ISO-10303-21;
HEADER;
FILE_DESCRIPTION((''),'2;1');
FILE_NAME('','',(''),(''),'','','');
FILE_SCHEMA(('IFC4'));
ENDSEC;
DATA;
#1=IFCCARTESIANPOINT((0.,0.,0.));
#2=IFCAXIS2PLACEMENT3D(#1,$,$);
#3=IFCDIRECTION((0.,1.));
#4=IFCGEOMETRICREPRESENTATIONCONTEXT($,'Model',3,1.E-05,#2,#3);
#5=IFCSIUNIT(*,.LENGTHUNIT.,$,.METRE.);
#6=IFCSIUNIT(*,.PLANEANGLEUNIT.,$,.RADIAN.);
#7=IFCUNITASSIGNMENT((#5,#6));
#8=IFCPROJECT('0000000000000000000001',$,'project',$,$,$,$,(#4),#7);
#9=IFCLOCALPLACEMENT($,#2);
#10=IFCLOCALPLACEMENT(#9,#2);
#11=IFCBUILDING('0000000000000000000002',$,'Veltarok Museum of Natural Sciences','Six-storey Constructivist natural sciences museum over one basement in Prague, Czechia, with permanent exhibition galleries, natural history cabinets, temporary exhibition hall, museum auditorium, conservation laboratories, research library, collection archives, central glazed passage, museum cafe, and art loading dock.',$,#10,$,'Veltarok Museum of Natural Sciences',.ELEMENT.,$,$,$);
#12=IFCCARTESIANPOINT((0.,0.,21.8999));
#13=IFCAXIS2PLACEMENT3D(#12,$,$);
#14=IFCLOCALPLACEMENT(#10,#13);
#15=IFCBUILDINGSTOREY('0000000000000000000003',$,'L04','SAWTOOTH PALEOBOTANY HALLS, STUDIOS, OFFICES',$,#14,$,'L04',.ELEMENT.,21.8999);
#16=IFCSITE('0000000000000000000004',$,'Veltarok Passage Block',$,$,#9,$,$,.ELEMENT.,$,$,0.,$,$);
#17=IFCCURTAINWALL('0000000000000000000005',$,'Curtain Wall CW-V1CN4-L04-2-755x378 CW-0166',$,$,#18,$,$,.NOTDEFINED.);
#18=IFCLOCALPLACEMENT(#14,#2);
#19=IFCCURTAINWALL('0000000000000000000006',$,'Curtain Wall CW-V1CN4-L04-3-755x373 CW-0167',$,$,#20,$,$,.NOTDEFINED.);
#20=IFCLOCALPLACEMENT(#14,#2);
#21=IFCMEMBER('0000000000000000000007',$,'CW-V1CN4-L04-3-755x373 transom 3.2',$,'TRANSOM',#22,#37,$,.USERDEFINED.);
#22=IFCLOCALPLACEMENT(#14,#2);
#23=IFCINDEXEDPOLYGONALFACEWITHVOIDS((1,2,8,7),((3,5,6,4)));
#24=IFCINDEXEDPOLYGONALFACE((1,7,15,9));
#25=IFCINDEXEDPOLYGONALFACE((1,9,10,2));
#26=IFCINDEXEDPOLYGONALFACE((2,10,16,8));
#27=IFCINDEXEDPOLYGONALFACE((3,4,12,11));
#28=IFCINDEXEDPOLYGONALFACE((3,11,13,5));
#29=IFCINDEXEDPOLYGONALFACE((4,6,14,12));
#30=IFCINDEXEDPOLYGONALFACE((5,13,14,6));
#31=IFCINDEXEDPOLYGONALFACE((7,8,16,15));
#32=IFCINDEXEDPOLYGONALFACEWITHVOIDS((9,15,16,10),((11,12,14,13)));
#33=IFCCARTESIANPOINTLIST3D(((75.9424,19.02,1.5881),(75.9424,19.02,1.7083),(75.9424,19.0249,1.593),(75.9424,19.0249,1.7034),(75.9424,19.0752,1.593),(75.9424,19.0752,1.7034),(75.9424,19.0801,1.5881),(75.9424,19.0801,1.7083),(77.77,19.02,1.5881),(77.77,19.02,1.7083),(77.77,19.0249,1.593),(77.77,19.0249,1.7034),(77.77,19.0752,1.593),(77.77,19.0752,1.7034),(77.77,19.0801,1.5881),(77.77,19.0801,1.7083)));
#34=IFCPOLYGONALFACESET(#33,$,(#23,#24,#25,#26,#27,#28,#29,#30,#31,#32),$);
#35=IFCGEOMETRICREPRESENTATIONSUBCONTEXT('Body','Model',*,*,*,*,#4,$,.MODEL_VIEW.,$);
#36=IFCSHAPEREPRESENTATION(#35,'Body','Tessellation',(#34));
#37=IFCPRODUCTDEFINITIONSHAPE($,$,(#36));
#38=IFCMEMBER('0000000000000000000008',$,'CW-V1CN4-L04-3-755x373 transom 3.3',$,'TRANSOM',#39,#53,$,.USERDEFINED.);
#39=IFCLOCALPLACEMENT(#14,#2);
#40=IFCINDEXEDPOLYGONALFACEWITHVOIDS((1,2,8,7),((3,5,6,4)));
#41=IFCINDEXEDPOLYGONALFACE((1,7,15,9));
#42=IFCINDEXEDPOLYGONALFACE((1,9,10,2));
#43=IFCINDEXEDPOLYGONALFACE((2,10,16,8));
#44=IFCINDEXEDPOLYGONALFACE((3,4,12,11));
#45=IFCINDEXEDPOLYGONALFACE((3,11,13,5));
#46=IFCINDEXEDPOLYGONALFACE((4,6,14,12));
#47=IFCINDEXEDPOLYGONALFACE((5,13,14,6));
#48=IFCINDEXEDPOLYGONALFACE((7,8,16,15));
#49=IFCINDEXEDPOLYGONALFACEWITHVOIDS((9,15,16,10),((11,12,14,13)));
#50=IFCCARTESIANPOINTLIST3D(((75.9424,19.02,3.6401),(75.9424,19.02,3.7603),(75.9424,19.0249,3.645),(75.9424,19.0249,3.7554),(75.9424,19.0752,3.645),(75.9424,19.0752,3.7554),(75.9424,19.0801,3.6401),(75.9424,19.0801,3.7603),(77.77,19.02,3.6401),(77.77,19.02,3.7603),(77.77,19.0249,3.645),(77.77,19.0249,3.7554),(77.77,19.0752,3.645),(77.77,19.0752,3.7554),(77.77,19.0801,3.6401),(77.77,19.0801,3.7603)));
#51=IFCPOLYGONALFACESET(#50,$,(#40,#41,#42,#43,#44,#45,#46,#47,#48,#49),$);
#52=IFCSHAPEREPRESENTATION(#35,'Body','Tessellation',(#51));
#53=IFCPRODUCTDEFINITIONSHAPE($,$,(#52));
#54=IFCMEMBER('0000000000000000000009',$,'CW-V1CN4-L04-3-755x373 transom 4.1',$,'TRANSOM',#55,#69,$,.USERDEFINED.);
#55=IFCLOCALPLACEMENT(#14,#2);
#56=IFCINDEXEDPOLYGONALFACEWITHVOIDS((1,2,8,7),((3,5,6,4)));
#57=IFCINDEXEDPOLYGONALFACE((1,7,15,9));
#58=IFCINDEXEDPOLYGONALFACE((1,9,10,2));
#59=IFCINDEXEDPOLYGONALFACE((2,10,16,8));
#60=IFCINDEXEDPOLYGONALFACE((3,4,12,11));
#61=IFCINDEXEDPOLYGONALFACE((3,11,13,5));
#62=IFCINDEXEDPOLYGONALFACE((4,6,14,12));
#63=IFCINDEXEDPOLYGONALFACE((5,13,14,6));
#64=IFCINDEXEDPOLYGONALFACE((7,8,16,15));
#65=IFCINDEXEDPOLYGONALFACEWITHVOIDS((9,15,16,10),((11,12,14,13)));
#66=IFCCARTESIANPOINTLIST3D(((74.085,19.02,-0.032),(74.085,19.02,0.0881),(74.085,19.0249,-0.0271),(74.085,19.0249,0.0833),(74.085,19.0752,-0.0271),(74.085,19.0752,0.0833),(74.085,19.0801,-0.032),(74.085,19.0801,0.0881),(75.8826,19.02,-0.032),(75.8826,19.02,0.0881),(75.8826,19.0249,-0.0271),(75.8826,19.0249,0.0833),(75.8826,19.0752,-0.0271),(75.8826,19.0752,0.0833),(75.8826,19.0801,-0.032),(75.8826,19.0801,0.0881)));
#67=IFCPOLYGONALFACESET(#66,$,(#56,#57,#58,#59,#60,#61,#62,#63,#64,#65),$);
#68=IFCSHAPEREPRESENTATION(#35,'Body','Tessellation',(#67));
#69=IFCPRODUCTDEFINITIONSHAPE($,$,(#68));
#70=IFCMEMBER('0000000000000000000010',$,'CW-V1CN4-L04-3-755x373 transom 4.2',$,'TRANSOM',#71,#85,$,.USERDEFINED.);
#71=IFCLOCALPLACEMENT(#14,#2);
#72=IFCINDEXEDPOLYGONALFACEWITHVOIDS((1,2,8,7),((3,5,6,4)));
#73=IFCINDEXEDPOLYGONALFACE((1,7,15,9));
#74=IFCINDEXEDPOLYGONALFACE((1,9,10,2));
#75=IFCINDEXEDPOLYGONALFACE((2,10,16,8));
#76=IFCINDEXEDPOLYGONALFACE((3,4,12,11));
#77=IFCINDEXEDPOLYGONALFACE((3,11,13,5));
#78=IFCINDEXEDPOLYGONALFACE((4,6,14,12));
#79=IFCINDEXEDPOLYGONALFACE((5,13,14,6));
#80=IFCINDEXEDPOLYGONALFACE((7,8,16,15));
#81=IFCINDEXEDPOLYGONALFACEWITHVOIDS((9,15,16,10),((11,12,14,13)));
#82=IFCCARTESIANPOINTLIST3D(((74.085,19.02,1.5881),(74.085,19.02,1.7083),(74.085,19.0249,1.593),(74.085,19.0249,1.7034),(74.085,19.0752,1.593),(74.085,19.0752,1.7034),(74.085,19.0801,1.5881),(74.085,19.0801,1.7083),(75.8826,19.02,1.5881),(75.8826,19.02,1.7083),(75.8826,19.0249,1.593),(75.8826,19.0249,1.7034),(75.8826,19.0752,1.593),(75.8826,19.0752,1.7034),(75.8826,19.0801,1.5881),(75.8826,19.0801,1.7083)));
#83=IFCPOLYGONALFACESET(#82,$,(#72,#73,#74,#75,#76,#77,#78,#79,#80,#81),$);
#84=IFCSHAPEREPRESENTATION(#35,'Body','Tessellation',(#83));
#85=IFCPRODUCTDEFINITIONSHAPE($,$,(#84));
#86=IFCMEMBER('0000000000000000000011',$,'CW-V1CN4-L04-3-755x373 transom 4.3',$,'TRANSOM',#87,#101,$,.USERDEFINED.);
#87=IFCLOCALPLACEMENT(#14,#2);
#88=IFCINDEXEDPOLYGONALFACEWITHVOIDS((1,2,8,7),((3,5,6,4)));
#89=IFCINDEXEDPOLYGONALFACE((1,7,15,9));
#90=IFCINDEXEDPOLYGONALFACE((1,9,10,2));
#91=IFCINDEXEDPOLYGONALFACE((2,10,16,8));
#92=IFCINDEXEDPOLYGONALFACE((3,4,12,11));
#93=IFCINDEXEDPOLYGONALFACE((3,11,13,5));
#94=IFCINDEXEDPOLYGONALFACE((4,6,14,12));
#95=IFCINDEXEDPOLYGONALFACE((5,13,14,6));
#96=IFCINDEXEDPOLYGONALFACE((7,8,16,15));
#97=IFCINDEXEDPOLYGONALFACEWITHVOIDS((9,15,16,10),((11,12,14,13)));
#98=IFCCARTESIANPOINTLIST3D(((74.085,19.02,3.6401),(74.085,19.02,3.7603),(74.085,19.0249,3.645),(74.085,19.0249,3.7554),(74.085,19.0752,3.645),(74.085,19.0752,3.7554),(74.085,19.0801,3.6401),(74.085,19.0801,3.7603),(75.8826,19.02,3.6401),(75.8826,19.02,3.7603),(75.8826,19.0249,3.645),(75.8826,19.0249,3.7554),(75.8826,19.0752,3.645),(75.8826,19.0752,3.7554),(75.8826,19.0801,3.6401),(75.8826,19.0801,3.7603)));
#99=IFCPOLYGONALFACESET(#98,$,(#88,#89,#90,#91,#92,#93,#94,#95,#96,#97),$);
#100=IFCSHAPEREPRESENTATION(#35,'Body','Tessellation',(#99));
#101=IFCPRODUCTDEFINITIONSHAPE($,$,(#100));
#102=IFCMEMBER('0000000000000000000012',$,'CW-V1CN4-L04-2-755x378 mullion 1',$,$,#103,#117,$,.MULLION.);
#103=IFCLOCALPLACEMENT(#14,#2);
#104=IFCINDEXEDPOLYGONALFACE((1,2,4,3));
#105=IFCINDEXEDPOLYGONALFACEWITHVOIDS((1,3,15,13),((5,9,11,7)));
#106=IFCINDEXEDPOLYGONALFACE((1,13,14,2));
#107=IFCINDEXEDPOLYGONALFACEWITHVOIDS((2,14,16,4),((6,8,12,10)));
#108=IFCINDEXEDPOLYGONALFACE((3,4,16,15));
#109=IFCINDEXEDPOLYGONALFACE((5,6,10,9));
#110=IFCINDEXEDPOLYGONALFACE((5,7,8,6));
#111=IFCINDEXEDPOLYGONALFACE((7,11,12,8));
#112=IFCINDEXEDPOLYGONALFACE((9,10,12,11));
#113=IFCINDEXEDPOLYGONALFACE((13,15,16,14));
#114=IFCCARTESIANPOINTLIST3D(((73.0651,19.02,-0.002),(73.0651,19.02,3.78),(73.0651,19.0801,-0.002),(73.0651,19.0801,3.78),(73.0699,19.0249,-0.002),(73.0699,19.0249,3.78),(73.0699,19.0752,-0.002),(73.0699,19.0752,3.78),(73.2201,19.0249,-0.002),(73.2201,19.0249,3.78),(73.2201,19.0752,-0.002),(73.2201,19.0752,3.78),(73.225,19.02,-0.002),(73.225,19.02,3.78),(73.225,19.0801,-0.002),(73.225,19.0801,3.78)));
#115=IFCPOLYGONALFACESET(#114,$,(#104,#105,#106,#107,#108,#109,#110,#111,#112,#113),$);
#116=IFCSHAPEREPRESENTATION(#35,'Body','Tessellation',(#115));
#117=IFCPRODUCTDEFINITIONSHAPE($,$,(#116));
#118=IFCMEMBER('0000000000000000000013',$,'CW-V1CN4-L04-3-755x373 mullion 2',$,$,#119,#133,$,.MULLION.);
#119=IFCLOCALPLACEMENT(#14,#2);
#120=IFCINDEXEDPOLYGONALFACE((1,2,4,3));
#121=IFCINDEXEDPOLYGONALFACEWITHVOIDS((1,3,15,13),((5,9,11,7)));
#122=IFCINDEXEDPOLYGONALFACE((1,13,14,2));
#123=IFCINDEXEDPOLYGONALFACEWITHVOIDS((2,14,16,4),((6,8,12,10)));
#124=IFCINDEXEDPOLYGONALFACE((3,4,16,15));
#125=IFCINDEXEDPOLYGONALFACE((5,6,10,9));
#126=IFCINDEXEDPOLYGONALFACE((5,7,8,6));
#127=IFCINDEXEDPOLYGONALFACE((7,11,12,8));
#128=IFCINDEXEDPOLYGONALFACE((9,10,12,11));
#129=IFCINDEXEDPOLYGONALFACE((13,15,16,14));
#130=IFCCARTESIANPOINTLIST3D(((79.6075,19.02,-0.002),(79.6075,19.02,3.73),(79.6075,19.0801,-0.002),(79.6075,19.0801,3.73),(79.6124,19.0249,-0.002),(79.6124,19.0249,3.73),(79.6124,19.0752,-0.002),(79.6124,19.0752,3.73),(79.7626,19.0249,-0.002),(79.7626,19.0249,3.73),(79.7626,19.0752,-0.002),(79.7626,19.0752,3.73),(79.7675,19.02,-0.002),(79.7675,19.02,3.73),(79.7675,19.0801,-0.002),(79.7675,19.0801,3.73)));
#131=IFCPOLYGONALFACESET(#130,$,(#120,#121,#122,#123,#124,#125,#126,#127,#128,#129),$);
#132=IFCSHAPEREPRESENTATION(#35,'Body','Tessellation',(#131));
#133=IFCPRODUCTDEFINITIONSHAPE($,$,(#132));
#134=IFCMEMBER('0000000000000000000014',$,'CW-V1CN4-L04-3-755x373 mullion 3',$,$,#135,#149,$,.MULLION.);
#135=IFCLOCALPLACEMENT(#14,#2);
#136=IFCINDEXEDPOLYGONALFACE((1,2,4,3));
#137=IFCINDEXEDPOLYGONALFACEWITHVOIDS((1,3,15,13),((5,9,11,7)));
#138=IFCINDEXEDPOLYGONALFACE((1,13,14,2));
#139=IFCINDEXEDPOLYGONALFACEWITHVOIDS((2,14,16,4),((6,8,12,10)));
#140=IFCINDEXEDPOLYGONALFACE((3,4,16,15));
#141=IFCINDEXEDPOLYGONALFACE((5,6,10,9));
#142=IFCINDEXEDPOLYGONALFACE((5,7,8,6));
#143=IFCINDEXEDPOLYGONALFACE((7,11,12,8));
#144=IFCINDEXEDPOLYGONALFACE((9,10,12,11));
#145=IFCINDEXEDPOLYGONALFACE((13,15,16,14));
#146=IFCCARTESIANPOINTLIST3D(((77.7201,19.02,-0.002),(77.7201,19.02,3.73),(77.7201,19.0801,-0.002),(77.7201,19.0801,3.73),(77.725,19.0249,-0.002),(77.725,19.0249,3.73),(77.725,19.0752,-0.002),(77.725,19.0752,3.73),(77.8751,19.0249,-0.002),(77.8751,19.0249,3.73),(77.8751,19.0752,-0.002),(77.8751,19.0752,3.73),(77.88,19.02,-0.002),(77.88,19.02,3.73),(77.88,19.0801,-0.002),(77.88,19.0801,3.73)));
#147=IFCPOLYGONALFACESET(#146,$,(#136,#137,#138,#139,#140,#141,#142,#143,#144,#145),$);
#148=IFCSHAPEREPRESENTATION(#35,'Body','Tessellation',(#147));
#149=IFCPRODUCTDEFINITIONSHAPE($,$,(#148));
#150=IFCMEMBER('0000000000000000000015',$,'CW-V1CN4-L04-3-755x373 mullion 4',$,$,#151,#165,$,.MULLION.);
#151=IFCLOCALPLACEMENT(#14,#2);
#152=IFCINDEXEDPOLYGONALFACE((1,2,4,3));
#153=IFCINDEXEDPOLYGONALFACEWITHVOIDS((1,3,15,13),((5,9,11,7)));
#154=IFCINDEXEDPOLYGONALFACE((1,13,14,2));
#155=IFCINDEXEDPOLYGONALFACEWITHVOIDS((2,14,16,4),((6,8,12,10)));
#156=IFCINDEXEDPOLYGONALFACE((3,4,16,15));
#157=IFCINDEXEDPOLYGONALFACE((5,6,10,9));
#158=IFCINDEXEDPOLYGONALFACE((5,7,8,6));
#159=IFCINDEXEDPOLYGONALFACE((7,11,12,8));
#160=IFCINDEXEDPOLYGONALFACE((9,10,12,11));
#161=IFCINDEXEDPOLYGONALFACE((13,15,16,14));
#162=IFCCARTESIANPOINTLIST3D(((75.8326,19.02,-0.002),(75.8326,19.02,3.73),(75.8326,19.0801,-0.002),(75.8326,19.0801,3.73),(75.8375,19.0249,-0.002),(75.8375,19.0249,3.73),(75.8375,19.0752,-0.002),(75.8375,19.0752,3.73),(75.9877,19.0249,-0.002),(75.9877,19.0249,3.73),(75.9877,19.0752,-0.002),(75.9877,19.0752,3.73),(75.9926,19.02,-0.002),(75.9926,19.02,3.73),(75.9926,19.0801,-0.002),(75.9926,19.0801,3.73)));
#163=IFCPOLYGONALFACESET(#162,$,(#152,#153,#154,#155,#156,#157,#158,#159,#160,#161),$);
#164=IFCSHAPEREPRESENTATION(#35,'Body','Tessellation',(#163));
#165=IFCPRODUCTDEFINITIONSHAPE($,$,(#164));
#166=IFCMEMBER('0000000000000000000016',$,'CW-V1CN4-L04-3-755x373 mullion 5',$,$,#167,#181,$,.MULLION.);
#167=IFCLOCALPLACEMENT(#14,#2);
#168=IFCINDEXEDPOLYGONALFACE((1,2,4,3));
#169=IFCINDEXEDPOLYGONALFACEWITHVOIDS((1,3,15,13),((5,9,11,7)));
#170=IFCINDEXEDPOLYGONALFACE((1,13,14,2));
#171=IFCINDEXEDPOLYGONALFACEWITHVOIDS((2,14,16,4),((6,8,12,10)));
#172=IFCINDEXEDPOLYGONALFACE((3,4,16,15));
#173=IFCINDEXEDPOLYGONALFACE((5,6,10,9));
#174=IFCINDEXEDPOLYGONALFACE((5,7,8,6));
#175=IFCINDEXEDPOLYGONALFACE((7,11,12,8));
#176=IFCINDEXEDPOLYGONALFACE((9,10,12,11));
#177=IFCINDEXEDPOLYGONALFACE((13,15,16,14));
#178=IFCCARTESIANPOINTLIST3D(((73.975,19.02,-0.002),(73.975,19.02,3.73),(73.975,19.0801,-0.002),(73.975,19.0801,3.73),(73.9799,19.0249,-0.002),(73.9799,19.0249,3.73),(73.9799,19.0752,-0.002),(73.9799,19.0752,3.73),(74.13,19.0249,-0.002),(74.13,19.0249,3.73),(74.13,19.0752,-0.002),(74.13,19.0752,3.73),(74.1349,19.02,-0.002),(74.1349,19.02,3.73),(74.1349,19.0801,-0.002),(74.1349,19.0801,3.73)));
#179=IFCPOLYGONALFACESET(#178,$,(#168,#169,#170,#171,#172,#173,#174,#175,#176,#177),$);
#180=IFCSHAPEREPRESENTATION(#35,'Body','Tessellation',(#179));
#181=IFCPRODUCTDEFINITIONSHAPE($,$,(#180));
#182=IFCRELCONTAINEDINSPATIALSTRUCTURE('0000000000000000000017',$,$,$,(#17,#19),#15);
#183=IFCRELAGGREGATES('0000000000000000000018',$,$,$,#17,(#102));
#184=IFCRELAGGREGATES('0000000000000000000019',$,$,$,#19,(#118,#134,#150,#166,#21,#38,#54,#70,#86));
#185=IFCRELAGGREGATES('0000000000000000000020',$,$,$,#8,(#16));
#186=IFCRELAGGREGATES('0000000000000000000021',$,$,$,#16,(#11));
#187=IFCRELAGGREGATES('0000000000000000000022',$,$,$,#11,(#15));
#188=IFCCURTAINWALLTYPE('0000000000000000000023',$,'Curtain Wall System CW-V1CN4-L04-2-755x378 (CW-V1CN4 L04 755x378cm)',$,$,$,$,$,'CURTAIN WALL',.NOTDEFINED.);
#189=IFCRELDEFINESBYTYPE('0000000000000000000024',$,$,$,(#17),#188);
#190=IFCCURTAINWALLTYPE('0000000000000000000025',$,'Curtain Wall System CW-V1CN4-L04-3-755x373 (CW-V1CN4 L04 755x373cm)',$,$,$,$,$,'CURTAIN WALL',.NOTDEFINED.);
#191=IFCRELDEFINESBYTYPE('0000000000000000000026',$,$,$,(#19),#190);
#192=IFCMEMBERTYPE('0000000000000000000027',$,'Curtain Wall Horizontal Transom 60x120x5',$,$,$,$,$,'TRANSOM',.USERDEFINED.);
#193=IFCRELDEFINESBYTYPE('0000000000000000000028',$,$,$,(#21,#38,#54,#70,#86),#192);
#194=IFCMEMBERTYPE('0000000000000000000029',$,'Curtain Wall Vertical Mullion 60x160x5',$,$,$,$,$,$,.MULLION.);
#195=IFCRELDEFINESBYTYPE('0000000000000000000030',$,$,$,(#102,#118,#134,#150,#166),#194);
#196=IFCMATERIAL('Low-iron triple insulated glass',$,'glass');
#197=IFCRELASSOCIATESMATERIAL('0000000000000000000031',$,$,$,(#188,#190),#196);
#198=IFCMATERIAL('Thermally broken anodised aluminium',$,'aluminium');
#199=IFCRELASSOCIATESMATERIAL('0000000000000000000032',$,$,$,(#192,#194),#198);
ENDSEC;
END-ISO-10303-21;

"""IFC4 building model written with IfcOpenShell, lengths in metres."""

from ifc_helpers import new_model, si_unit, direction, frame, origin, origin_2d, place, context, subcontext, project, spatial, hollow_rectangle, extrude, material, material_profile, profile_set, type_object, element, aggregate, save


model = new_model("IFC4")

# Units and contexts
model_context = context("Model", 3, precision=1e-05, world=origin(), true_north=direction((0.0, 1.0)))
body_context = subcontext(model_context, "Body", "Model", "MODEL_VIEW")
ifc_project = project(units=[si_unit("LENGTHUNIT", "METRE"), si_unit("PLANEANGLEUNIT", "RADIAN")], contexts=[model_context])

# Site, building, storey
site_placement = place(None, origin())
site = spatial("IfcSite", under=ifc_project, at=site_placement, Name="Veltarok Passage Block", CompositionType="ELEMENT", RefElevation=0.0)
building_placement = place(site_placement, origin())
building = spatial("IfcBuilding", under=site, at=building_placement, Name="Veltarok Museum of Natural Sciences", Description="Six-storey Constructivist natural sciences museum over one basement in Prague, Czechia, with permanent exhibition galleries, natural history cabinets, temporary exhibition hall, museum auditorium, conservation laboratories, research library, collection archives, central glazed passage, museum cafe, and art loading dock.", LongName="Veltarok Museum of Natural Sciences", CompositionType="ELEMENT")
storey_placement = place(building_placement, frame((0.0, 0.0, 21.8999)))
storey = spatial("IfcBuildingStorey", under=building, at=storey_placement, Name="L04", Description="SAWTOOTH PALEOBOTANY HALLS, STUDIOS, OFFICES", LongName="L04", CompositionType="ELEMENT", Elevation=21.8999)

# Curtain walls, members
ifc_material_1 = material(Name="Low-iron triple insulated glass", Category="glass")
curtain_wall_type_1 = type_object("IfcCurtainWallType", Name="Curtain Wall System CW-V1CN4-L04-2-755x378 (CW-V1CN4 L04 755x378cm)", ElementType="CURTAIN WALL", PredefinedType="NOTDEFINED", material=ifc_material_1)
curtain_wall_1_placement = place(storey_placement, origin())
curtain_wall_1 = element("IfcCurtainWall", 1, at=curtain_wall_1_placement, inside=storey, type_object=curtain_wall_type_1, Name="Curtain Wall CW-V1CN4-L04-2-755x378 CW-0166", PredefinedType="NOTDEFINED")
ifc_material_2 = material(Name="Thermally broken anodised aluminium", Category="aluminium")
ifc_material_profile_1 = material_profile(ifc_material_2, hollow_rectangle(XDim=0.0601, YDim=0.1201, WallThickness=0.0049, at=origin_2d()), Name="CW TRANSOM 60x120x5")
ifc_profile_set_1 = profile_set([ifc_material_profile_1], Name="Thermally broken anodised aluminium")
member_type_1 = type_object("IfcMemberType", Name="Curtain Wall Horizontal Transom 60x120x5", ElementType="TRANSOM", PredefinedType="USERDEFINED", material=ifc_profile_set_1)
curtain_wall_type_2 = type_object("IfcCurtainWallType", Name="Curtain Wall System CW-V1CN4-L04-3-755x373 (CW-V1CN4 L04 755x373cm)", ElementType="CURTAIN WALL", PredefinedType="NOTDEFINED", material=ifc_material_1)
curtain_wall_2_placement = place(storey_placement, origin())
curtain_wall_2 = element("IfcCurtainWall", 2, at=curtain_wall_2_placement, inside=storey, type_object=curtain_wall_type_2, Name="Curtain Wall CW-V1CN4-L04-3-755x373 CW-0167", PredefinedType="NOTDEFINED")
member_1_placement = place(storey_placement, frame((77.77, 19.05, 1.6482), z_axis=(-1.0, 0.0, 0.0), x_axis=(0.0, -1.0, 0.0)))
member_1 = element("IfcMember", 3, at=member_1_placement, type_object=member_type_1, Name="CW-V1CN4-L04-3-755x373 transom 3.2", ObjectType="TRANSOM", PredefinedType="USERDEFINED", context=body_context, shape_type="SweptSolid", body=[
    extrude(hollow_rectangle(XDim=0.0601, YDim=0.1201, WallThickness=0.0049, at=origin_2d()), origin(), (0.0, 0.0, 1.0), 1.8276),
])
member_2_placement = place(storey_placement, frame((77.77, 19.05, 3.7002), z_axis=(-1.0, 0.0, 0.0), x_axis=(0.0, -1.0, 0.0)))
member_2 = element("IfcMember", 4, at=member_2_placement, type_object=member_type_1, Name="CW-V1CN4-L04-3-755x373 transom 3.3", ObjectType="TRANSOM", PredefinedType="USERDEFINED", context=body_context, shape_type="SweptSolid", body=[
    extrude(hollow_rectangle(XDim=0.0601, YDim=0.1201, WallThickness=0.0049, at=origin_2d()), origin(), (0.0, 0.0, 1.0), 1.8276),
])
member_3_placement = place(storey_placement, frame((75.8826, 19.05, 0.0281), z_axis=(-1.0, 0.0, 0.0), x_axis=(0.0, -1.0, 0.0)))
member_3 = element("IfcMember", 5, at=member_3_placement, type_object=member_type_1, Name="CW-V1CN4-L04-3-755x373 transom 4.1", ObjectType="TRANSOM", PredefinedType="USERDEFINED", context=body_context, shape_type="SweptSolid", body=[
    extrude(hollow_rectangle(XDim=0.0601, YDim=0.1201, WallThickness=0.0049, at=origin_2d()), origin(), (0.0, 0.0, 1.0), 1.7976),
])
member_4_placement = place(storey_placement, frame((75.8826, 19.05, 1.6482), z_axis=(-1.0, 0.0, 0.0), x_axis=(0.0, -1.0, 0.0)))
member_4 = element("IfcMember", 6, at=member_4_placement, type_object=member_type_1, Name="CW-V1CN4-L04-3-755x373 transom 4.2", ObjectType="TRANSOM", PredefinedType="USERDEFINED", context=body_context, shape_type="SweptSolid", body=[
    extrude(hollow_rectangle(XDim=0.0601, YDim=0.1201, WallThickness=0.0049, at=origin_2d()), origin(), (0.0, 0.0, 1.0), 1.7976),
])
member_5_placement = place(storey_placement, frame((75.8826, 19.05, 3.7002), z_axis=(-1.0, 0.0, 0.0), x_axis=(0.0, -1.0, 0.0)))
member_5 = element("IfcMember", 7, at=member_5_placement, type_object=member_type_1, Name="CW-V1CN4-L04-3-755x373 transom 4.3", ObjectType="TRANSOM", PredefinedType="USERDEFINED", context=body_context, shape_type="SweptSolid", body=[
    extrude(hollow_rectangle(XDim=0.0601, YDim=0.1201, WallThickness=0.0049, at=origin_2d()), origin(), (0.0, 0.0, 1.0), 1.7976),
])

# Members
ifc_material_profile_2 = material_profile(ifc_material_2, hollow_rectangle(XDim=0.0601, YDim=0.1599, WallThickness=0.0049, at=origin_2d()), Name="CW MULLION 60x160x5")
ifc_profile_set_2 = profile_set([ifc_material_profile_2], Name="Thermally broken anodised aluminium")
member_type_2 = type_object("IfcMemberType", Name="Curtain Wall Vertical Mullion 60x160x5", PredefinedType="MULLION", material=ifc_profile_set_2)
member_6_placement = place(storey_placement, frame((73.145, 19.05, -0.002), z_axis=(0.0, 0.0, 1.0), x_axis=(0.0, -1.0, 0.0)))
member_6 = element("IfcMember", 8, at=member_6_placement, type_object=member_type_2, Name="CW-V1CN4-L04-2-755x378 mullion 1", PredefinedType="MULLION", context=body_context, shape_type="SweptSolid", body=[
    extrude(hollow_rectangle(XDim=0.0601, YDim=0.1599, WallThickness=0.0049, at=origin_2d()), origin(), (0.0, 0.0, 1.0), 3.782),
])
aggregate(curtain_wall_1, [member_6])
member_7_placement = place(storey_placement, frame((79.6875, 19.05, -0.002), z_axis=(0.0, 0.0, 1.0), x_axis=(0.0, -1.0, 0.0)))
member_7 = element("IfcMember", 9, at=member_7_placement, type_object=member_type_2, Name="CW-V1CN4-L04-3-755x373 mullion 2", PredefinedType="MULLION", context=body_context, shape_type="SweptSolid", body=[
    extrude(hollow_rectangle(XDim=0.0601, YDim=0.1599, WallThickness=0.0049, at=origin_2d()), origin(), (0.0, 0.0, 1.0), 3.7319),
])
member_8_placement = place(storey_placement, frame((77.8, 19.05, -0.002), z_axis=(0.0, 0.0, 1.0), x_axis=(0.0, -1.0, 0.0)))
member_8 = element("IfcMember", 10, at=member_8_placement, type_object=member_type_2, Name="CW-V1CN4-L04-3-755x373 mullion 3", PredefinedType="MULLION", context=body_context, shape_type="SweptSolid", body=[
    extrude(hollow_rectangle(XDim=0.0601, YDim=0.1599, WallThickness=0.0049, at=origin_2d()), origin(), (0.0, 0.0, 1.0), 3.7319),
])
member_9_placement = place(storey_placement, frame((75.9126, 19.05, -0.002), z_axis=(0.0, 0.0, 1.0), x_axis=(0.0, -1.0, 0.0)))
member_9 = element("IfcMember", 11, at=member_9_placement, type_object=member_type_2, Name="CW-V1CN4-L04-3-755x373 mullion 4", PredefinedType="MULLION", context=body_context, shape_type="SweptSolid", body=[
    extrude(hollow_rectangle(XDim=0.0601, YDim=0.1599, WallThickness=0.0049, at=origin_2d()), origin(), (0.0, 0.0, 1.0), 3.7319),
])
member_10_placement = place(storey_placement, frame((74.0549, 19.05, -0.002), z_axis=(0.0, 0.0, 1.0), x_axis=(0.0, -1.0, 0.0)))
member_10 = element("IfcMember", 12, at=member_10_placement, type_object=member_type_2, Name="CW-V1CN4-L04-3-755x373 mullion 5", PredefinedType="MULLION", context=body_context, shape_type="SweptSolid", body=[
    extrude(hollow_rectangle(XDim=0.0601, YDim=0.1599, WallThickness=0.0049, at=origin_2d()), origin(), (0.0, 0.0, 1.0), 3.7319),
])

aggregate(curtain_wall_2, [member_7, member_8, member_9, member_10, member_1, member_2, member_3, member_4, member_5])

save(model, "model.ifc")
